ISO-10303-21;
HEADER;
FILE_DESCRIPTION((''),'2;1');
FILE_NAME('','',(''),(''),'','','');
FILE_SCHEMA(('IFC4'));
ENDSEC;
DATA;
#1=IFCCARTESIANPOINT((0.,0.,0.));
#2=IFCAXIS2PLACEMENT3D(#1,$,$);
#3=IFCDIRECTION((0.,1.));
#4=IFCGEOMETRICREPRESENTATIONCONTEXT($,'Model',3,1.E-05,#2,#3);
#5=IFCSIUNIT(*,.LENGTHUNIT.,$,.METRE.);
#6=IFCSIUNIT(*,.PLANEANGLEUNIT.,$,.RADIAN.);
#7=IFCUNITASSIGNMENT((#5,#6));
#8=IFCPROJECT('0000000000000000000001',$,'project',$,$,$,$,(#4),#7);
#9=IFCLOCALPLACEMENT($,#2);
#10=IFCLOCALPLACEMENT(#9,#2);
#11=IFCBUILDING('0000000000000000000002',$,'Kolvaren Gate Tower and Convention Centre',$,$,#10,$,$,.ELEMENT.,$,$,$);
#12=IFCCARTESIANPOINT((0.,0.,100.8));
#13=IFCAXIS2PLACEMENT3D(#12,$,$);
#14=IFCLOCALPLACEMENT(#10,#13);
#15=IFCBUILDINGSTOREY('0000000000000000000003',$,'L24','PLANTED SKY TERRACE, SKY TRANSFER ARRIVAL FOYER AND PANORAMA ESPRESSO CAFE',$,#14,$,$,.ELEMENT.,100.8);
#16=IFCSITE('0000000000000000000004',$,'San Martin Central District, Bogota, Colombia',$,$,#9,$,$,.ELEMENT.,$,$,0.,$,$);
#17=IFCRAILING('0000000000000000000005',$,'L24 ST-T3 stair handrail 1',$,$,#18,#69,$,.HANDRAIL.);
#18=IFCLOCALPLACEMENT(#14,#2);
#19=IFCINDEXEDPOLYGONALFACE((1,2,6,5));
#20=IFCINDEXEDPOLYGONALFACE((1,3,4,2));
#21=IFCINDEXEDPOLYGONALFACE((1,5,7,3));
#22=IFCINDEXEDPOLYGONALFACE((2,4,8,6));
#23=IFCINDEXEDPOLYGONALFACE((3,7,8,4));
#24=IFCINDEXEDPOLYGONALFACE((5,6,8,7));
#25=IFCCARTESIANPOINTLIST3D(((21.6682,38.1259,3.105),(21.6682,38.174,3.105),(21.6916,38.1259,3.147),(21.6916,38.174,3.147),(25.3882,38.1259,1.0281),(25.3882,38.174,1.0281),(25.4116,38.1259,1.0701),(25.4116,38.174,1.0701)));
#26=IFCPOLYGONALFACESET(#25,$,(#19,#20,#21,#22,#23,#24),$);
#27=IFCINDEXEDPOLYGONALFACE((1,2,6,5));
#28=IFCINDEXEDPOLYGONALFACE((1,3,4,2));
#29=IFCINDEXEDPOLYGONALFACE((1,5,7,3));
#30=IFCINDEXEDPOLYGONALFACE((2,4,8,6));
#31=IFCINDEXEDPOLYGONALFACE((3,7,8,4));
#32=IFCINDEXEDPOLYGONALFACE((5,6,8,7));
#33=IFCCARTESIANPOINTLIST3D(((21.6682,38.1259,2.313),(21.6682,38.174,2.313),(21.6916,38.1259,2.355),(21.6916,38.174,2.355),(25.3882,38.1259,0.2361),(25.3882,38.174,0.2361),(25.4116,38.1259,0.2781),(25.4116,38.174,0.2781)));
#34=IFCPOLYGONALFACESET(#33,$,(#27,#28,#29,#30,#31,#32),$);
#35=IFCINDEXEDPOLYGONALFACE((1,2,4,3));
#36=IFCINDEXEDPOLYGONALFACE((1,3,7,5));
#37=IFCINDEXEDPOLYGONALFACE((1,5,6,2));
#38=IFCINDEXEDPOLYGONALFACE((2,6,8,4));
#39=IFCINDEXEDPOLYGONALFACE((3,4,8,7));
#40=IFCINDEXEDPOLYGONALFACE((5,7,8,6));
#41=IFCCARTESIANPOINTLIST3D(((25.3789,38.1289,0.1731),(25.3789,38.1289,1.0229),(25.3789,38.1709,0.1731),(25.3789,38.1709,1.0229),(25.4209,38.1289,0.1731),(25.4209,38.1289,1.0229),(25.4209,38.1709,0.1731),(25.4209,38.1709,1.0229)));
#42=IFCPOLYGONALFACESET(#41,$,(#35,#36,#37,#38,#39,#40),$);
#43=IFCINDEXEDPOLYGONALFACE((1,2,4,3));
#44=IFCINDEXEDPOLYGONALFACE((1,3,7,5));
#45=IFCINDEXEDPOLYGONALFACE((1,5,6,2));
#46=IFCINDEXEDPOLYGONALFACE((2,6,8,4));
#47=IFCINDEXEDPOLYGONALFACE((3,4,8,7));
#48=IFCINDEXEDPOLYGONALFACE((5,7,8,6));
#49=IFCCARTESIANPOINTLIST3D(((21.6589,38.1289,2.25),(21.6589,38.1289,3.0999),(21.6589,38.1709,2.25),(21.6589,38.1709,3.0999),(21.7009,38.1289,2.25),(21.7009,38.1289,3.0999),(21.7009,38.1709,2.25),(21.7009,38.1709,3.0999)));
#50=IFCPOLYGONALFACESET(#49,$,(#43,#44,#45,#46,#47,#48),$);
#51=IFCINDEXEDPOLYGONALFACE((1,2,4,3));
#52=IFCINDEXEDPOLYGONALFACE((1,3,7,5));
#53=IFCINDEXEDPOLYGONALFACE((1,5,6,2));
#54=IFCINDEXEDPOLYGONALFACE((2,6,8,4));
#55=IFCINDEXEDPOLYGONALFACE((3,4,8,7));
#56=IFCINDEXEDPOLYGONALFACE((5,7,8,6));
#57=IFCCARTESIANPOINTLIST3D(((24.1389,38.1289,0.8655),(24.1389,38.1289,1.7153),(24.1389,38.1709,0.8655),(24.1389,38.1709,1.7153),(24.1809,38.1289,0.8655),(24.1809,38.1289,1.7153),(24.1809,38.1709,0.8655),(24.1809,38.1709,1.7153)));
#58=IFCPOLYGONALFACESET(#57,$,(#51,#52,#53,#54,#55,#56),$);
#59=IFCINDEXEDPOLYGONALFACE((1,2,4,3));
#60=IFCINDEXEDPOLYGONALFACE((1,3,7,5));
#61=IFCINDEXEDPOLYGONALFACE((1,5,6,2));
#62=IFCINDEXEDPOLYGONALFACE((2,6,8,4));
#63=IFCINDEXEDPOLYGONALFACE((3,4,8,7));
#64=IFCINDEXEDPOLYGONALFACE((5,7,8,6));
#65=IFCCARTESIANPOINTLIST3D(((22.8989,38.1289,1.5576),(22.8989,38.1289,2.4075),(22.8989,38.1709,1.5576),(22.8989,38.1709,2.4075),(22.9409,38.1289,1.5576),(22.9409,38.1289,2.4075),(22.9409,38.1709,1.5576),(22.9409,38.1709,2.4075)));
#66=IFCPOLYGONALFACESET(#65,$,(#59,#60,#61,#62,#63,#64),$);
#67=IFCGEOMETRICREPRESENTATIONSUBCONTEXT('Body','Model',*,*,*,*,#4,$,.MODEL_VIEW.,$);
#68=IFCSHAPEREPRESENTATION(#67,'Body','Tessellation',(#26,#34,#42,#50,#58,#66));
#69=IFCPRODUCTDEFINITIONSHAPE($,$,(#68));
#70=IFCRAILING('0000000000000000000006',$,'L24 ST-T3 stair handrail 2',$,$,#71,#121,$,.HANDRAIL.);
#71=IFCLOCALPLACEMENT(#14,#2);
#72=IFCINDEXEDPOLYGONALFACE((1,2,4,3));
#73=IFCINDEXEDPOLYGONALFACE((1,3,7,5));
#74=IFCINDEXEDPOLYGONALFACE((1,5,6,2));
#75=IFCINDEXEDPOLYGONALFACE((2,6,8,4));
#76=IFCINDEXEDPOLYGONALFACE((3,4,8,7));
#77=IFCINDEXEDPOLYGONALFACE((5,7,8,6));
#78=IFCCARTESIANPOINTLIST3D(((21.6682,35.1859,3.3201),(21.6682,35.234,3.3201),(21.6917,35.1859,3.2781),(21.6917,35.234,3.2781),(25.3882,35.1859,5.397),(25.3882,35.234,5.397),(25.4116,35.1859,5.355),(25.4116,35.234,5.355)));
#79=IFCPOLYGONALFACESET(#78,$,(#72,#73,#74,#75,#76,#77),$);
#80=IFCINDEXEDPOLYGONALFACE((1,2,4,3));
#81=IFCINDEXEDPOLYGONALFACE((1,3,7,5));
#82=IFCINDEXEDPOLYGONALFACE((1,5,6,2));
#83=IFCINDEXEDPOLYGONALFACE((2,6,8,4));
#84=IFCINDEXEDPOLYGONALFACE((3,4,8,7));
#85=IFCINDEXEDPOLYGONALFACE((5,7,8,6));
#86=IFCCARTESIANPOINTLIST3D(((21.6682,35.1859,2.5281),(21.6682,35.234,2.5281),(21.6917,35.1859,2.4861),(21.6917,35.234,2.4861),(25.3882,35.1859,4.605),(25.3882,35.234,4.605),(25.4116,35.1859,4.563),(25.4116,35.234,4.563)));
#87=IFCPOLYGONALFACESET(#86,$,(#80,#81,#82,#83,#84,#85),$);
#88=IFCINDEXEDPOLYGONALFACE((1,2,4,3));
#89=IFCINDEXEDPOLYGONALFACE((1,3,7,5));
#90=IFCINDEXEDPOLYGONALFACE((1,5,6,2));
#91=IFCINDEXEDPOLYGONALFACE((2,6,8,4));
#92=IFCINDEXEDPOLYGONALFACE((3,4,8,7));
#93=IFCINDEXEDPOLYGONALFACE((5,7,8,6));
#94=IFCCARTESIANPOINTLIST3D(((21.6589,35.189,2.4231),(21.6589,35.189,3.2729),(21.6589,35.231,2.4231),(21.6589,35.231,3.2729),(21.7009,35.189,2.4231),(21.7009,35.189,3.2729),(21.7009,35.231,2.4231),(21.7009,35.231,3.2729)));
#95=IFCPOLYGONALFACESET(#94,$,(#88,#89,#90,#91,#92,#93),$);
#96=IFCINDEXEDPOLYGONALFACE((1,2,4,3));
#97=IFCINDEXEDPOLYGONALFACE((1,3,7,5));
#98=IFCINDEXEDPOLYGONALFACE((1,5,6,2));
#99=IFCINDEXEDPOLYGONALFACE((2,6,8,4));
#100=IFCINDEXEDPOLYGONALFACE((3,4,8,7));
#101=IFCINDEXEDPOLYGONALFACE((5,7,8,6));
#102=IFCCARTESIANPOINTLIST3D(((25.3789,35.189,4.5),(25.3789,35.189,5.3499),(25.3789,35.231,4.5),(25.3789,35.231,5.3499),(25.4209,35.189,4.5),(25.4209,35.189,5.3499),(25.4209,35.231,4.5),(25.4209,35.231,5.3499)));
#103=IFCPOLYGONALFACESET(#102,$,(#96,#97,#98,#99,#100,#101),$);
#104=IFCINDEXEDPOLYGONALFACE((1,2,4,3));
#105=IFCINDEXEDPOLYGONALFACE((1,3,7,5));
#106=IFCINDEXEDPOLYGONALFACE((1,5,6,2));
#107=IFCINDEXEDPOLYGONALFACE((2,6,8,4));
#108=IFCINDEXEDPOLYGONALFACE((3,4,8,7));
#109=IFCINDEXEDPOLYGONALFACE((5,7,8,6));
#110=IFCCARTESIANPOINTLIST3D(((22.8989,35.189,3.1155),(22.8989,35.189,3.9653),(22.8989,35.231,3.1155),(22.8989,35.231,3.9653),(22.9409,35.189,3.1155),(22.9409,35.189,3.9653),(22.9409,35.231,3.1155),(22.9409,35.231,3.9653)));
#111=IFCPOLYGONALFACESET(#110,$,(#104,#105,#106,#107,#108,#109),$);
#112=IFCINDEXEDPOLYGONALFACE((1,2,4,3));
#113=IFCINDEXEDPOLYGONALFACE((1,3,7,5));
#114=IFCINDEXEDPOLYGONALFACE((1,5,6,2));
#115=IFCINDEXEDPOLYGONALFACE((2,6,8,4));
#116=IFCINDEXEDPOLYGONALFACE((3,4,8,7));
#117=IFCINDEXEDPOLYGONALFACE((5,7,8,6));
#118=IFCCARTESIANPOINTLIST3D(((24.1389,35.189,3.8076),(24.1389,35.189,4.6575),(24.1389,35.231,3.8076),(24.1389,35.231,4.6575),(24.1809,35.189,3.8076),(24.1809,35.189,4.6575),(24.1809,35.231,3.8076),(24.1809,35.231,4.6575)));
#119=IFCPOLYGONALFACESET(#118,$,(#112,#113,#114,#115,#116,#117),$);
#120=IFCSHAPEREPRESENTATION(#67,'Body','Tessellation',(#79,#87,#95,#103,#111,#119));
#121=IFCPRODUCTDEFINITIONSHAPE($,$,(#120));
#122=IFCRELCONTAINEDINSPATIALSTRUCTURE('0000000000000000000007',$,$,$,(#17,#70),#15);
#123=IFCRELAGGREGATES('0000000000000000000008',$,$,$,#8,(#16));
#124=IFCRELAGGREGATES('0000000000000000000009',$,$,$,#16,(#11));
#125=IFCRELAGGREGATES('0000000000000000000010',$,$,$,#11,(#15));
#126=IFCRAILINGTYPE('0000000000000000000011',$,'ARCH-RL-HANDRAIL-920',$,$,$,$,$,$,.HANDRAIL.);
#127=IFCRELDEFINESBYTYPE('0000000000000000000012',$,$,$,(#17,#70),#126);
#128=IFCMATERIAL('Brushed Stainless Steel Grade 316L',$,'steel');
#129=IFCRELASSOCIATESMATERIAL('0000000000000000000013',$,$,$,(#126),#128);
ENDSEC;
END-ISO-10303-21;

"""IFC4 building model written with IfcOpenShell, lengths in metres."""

from ifc_helpers import new_model, si_unit, direction, frame, origin, origin_2d, place, context, subcontext, project, spatial, rectangle, extrude, material, type_object, element, save


model = new_model("IFC4")

# Units and contexts
model_context = context("Model", 3, precision=1e-05, world=origin(), true_north=direction((0.0, 1.0)))
body_context = subcontext(model_context, "Body", "Model", "MODEL_VIEW")
ifc_project = project(units=[si_unit("LENGTHUNIT", "METRE"), si_unit("PLANEANGLEUNIT", "RADIAN")], contexts=[model_context])

# Site, building, storey
site_placement = place(None, origin())
site = spatial("IfcSite", under=ifc_project, at=site_placement, Name="San Martin Central District, Bogota, Colombia", CompositionType="ELEMENT", RefElevation=0.0)
building_placement = place(site_placement, origin())
building = spatial("IfcBuilding", under=site, at=building_placement, Name="Kolvaren Gate Tower and Convention Centre", CompositionType="ELEMENT")
storey_placement = place(building_placement, frame((0.0, 0.0, 100.8)))
storey = spatial("IfcBuildingStorey", under=building, at=storey_placement, Name="L24", Description="PLANTED SKY TERRACE, SKY TRANSFER ARRIVAL FOYER AND PANORAMA ESPRESSO CAFE", CompositionType="ELEMENT", Elevation=100.8)

# Railings
ifc_material_1 = material(Name="Brushed Stainless Steel Grade 316L", Category="steel")
railing_type_1 = type_object("IfcRailingType", Name="ARCH-RL-HANDRAIL-920", PredefinedType="HANDRAIL", material=ifc_material_1)
railing_1_placement = place(storey_placement, frame((25.3999, 38.1499, 0.1731)))
element("IfcRailing", 1, at=railing_1_placement, inside=storey, type_object=railing_type_1, Name="L24 ST-T3 stair handrail 1", PredefinedType="HANDRAIL", context=body_context, shape_type="SweptSolid", body=[
    extrude(rectangle(XDim=0.0481, YDim=0.0481, at=origin_2d()), frame((0.0, 0.0, 0.876), z_axis=(-0.873134, 0.0, 0.487481), x_axis=(0.0, -1.0, 0.0)), (0.0, 0.0, 1.0), 4.2605),
    extrude(rectangle(XDim=0.0481, YDim=0.0481, at=origin_2d()), frame((0.0, 0.0, 0.084), z_axis=(-0.873134, 0.0, 0.487481), x_axis=(0.0, -1.0, 0.0)), (0.0, 0.0, 1.0), 4.2605),
    extrude(rectangle(XDim=0.042, YDim=0.042, at=origin_2d()), origin(), (0.0, 0.0, 1.0), 0.8499),
    extrude(rectangle(XDim=0.042, YDim=0.042, at=origin_2d()), frame((-3.72, 0.0, 2.0769)), (0.0, 0.0, 1.0), 0.8499),
    extrude(rectangle(XDim=0.042, YDim=0.042, at=origin_2d()), frame((-1.24, 0.0, 0.6924)), (0.0, 0.0, 1.0), 0.8499),
    extrude(rectangle(XDim=0.042, YDim=0.042, at=origin_2d()), frame((-2.48, 0.0, 1.3845)), (0.0, 0.0, 1.0), 0.8499),
])
railing_2_placement = place(storey_placement, frame((21.6799, 35.21, 2.4231)))
element("IfcRailing", 2, at=railing_2_placement, inside=storey, type_object=railing_type_1, Name="L24 ST-T3 stair handrail 2", PredefinedType="HANDRAIL", context=body_context, shape_type="SweptSolid", body=[
    extrude(rectangle(XDim=0.0481, YDim=0.0481, at=origin_2d()), frame((0.0, 0.0, 0.876), z_axis=(0.873134, 0.0, 0.487481), x_axis=(0.0, 1.0, 0.0)), (0.0, 0.0, 1.0), 4.2605),
    extrude(rectangle(XDim=0.0481, YDim=0.0481, at=origin_2d()), frame((0.0, 0.0, 0.084), z_axis=(0.873134, 0.0, 0.487481), x_axis=(0.0, 1.0, 0.0)), (0.0, 0.0, 1.0), 4.2605),
    extrude(rectangle(XDim=0.042, YDim=0.042, at=origin_2d()), origin(), (0.0, 0.0, 1.0), 0.8499),
    extrude(rectangle(XDim=0.042, YDim=0.042, at=origin_2d()), frame((3.72, 0.0, 2.0769)), (0.0, 0.0, 1.0), 0.8499),
    extrude(rectangle(XDim=0.042, YDim=0.042, at=origin_2d()), frame((1.24, 0.0, 0.6924)), (0.0, 0.0, 1.0), 0.8499),
    extrude(rectangle(XDim=0.042, YDim=0.042, at=origin_2d()), frame((2.48, 0.0, 1.3845)), (0.0, 0.0, 1.0), 0.8499),
])

save(model, "model.ifc")
